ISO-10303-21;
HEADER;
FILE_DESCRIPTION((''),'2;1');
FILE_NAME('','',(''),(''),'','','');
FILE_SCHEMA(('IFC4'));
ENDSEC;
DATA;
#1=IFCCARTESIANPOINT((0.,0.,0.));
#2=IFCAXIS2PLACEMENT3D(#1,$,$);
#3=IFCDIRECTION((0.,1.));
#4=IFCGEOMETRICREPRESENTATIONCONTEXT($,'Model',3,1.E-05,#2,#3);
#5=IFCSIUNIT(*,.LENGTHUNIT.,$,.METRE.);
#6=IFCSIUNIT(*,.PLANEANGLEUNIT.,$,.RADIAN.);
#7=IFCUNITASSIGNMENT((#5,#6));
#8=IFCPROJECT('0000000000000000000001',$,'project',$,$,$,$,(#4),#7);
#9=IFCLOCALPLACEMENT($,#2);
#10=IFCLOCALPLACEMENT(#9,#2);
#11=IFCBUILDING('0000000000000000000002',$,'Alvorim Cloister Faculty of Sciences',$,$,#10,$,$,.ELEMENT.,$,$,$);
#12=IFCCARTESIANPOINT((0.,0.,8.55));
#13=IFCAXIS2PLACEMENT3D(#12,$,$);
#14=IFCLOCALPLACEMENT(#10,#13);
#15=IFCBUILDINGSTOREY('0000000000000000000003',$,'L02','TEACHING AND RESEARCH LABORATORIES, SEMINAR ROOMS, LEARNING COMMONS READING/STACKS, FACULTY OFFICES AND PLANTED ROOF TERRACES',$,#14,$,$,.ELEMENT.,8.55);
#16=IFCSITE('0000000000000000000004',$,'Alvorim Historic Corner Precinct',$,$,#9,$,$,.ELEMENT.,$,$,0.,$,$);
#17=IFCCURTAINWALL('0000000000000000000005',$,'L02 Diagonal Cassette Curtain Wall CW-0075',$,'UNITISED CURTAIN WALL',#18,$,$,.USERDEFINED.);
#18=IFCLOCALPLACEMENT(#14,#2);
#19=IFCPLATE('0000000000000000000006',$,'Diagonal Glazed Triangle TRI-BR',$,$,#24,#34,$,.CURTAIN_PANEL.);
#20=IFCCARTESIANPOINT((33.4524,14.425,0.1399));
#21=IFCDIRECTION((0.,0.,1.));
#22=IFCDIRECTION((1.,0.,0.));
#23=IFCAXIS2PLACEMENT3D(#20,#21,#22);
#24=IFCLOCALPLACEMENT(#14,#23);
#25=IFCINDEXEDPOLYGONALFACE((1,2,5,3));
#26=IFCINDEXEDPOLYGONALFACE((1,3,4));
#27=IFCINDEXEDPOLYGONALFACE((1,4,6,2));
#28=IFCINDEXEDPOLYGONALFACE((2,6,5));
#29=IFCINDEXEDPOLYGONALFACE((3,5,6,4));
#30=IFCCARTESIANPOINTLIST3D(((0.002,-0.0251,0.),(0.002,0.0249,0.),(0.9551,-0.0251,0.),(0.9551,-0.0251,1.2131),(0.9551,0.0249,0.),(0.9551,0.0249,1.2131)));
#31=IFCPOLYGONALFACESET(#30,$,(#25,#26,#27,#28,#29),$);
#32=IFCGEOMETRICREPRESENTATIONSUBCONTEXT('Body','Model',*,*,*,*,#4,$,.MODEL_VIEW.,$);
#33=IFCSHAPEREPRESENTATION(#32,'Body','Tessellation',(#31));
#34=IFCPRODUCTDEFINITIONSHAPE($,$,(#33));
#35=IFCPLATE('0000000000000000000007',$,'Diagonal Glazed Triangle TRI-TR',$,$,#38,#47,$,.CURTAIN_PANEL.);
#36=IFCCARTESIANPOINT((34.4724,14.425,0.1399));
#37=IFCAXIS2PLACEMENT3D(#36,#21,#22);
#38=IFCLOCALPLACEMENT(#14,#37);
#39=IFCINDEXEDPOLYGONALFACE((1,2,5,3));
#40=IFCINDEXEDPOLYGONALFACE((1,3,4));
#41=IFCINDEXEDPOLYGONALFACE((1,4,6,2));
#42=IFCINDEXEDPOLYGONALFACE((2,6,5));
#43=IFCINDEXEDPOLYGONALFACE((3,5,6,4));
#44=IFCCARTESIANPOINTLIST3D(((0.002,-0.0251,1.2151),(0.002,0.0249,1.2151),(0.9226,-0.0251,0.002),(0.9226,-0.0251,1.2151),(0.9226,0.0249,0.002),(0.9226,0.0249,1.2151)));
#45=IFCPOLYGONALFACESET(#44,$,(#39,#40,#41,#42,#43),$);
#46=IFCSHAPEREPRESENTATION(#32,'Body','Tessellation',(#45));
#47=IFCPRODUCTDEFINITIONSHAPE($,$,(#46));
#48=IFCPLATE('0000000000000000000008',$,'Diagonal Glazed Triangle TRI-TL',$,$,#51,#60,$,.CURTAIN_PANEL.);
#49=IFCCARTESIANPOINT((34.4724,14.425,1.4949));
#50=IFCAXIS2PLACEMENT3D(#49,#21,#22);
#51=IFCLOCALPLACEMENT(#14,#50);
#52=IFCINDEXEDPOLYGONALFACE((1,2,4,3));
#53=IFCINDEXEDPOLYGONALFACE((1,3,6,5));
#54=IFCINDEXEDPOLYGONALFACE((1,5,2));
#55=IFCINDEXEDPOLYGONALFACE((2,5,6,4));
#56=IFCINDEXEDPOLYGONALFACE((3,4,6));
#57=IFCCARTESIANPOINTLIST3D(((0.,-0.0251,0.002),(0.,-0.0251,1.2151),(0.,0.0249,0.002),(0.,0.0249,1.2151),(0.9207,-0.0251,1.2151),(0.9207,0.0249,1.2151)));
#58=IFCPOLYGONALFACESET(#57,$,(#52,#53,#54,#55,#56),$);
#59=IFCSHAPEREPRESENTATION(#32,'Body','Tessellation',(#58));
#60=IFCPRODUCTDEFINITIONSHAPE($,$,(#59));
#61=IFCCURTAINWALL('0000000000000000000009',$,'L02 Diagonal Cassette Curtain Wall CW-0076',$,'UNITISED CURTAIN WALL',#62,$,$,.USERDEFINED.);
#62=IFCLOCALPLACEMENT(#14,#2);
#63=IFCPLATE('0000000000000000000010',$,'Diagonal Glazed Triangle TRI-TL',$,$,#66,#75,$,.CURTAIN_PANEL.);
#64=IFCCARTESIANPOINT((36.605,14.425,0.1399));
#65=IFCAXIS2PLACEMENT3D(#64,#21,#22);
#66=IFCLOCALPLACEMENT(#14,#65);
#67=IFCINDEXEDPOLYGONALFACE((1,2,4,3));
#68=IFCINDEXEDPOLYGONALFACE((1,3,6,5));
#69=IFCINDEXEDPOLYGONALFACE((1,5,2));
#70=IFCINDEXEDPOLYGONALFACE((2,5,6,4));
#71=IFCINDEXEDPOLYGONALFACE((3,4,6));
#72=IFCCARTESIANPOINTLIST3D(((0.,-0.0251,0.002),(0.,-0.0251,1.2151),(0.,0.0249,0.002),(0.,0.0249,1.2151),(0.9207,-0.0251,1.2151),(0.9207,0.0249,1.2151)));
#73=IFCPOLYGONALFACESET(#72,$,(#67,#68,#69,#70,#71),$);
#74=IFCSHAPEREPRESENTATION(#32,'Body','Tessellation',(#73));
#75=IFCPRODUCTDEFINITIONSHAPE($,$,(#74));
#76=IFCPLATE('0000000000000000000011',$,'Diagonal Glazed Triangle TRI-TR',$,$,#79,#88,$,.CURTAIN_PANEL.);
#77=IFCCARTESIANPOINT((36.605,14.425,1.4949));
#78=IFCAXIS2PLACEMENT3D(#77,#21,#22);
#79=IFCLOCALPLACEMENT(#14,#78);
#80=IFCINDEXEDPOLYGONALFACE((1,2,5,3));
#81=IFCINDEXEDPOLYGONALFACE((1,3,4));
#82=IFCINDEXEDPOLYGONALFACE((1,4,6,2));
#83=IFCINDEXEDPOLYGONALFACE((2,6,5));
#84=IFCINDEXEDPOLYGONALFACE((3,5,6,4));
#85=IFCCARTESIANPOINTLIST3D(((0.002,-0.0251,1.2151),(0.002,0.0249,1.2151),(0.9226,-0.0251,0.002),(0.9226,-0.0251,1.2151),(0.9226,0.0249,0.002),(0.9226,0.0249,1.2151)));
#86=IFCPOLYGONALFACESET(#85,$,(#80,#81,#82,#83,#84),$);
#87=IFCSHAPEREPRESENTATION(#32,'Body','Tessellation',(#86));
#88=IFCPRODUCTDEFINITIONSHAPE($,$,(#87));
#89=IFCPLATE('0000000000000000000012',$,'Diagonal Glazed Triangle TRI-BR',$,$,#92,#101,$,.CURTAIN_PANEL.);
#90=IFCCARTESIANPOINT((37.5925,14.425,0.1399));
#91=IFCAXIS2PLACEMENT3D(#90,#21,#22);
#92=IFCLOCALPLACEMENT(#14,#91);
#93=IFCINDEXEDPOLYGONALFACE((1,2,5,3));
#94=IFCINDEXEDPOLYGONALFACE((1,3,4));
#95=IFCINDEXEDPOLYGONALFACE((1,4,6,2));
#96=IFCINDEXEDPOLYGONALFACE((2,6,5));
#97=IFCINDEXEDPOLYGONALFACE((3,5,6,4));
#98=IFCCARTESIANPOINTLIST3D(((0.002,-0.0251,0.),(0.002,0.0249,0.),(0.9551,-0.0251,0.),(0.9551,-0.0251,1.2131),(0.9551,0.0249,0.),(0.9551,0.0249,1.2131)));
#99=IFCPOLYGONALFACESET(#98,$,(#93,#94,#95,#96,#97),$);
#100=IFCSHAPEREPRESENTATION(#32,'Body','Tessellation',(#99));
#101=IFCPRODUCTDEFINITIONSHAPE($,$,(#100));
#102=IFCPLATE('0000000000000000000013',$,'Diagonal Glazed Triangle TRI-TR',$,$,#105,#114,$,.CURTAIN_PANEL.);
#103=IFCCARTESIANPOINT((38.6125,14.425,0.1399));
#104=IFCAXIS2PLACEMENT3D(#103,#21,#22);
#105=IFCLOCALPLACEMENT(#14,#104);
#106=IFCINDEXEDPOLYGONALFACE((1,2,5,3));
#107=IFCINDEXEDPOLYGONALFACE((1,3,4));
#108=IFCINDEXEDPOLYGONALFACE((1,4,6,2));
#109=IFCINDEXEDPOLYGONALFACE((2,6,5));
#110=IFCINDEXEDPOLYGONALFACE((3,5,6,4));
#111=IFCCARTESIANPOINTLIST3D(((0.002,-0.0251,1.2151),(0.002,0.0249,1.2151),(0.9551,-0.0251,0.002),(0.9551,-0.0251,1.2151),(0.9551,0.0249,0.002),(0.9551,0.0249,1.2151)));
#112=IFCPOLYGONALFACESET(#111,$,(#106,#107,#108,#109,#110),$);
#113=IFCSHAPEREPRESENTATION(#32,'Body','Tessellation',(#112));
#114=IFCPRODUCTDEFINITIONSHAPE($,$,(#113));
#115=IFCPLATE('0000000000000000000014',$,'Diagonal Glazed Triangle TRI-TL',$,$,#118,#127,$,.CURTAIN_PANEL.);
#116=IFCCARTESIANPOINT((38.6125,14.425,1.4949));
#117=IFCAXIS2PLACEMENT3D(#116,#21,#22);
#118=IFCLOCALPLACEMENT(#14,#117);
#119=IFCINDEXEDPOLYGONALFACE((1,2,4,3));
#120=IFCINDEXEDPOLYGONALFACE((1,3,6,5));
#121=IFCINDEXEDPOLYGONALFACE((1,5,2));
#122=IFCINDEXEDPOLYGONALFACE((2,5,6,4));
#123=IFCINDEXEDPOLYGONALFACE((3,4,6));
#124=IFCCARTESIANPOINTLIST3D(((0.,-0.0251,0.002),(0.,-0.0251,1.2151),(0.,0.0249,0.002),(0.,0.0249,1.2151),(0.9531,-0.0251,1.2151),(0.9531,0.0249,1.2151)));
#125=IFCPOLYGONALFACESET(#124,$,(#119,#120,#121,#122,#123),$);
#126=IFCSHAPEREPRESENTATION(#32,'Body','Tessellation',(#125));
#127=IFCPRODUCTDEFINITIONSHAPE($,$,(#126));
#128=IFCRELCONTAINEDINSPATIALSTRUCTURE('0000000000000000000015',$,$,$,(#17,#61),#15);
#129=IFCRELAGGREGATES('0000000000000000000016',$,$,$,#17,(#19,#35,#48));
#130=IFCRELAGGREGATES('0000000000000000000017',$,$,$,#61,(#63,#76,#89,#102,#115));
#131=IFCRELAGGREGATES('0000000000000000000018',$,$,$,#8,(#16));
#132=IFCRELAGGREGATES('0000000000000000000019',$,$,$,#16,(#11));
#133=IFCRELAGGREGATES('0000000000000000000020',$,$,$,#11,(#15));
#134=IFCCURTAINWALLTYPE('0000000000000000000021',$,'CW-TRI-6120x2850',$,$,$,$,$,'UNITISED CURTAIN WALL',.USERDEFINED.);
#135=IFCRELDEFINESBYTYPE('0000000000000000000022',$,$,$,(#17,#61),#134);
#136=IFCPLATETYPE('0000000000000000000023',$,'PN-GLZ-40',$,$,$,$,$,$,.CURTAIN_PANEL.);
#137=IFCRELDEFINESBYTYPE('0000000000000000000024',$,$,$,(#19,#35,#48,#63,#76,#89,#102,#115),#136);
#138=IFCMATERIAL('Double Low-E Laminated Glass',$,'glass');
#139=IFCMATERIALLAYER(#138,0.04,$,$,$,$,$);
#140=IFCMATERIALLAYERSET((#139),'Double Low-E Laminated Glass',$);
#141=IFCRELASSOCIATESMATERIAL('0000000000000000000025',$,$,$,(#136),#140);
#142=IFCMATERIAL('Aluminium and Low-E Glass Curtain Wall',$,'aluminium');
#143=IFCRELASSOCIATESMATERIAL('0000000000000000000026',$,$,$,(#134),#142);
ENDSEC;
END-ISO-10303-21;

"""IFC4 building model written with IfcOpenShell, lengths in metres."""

from ifc_helpers import new_model, si_unit, direction, frame, origin, place, context, subcontext, project, spatial, polyline, outline, extrude, material, layer, layer_set, type_object, element, aggregate, save


model = new_model("IFC4")

# Units and contexts
model_context = context("Model", 3, precision=1e-05, world=origin(), true_north=direction((0.0, 1.0)))
body_context = subcontext(model_context, "Body", "Model", "MODEL_VIEW")
ifc_project = project(units=[si_unit("LENGTHUNIT", "METRE"), si_unit("PLANEANGLEUNIT", "RADIAN")], contexts=[model_context])

# Site, building, storey
site_placement = place(None, origin())
site = spatial("IfcSite", under=ifc_project, at=site_placement, Name="Alvorim Historic Corner Precinct", CompositionType="ELEMENT", RefElevation=0.0)
building_placement = place(site_placement, origin())
building = spatial("IfcBuilding", under=site, at=building_placement, Name="Alvorim Cloister Faculty of Sciences", CompositionType="ELEMENT")
storey_placement = place(building_placement, frame((0.0, 0.0, 8.55)))
storey = spatial("IfcBuildingStorey", under=building, at=storey_placement, Name="L02", Description="TEACHING AND RESEARCH LABORATORIES, SEMINAR ROOMS, LEARNING COMMONS READING/STACKS, FACULTY OFFICES AND PLANTED ROOF TERRACES", CompositionType="ELEMENT", Elevation=8.55)

# Shared definitions
ifc_material_1 = material(Name="Aluminium and Low-E Glass Curtain Wall", Category="aluminium")
ifc_material_2 = material(Name="Double Low-E Laminated Glass", Category="glass")
ifc_layer_1 = layer(ifc_material_2, 0.04)
ifc_layer_set_1 = layer_set([ifc_layer_1], Name="Double Low-E Laminated Glass")
plate_type = type_object("IfcPlateType", Name="PN-GLZ-40", PredefinedType="CURTAIN_PANEL", material=ifc_layer_set_1)

# Curtain walls, plates
curtain_wall_type_1 = type_object("IfcCurtainWallType", Name="CW-TRI-6120x2850", ElementType="UNITISED CURTAIN WALL", PredefinedType="USERDEFINED", material=ifc_material_1)
curtain_wall_1_placement = place(storey_placement, origin())
curtain_wall_1 = element("IfcCurtainWall", 1, at=curtain_wall_1_placement, inside=storey, type_object=curtain_wall_type_1, Name="L02 Diagonal Cassette Curtain Wall CW-0075", ObjectType="UNITISED CURTAIN WALL", PredefinedType="USERDEFINED")
plate_1_placement = place(storey_placement, frame((33.4524, 14.425, 0.1399), z_axis=(0.0, 0.0, 1.0), x_axis=(1.0, 0.0, 0.0)))
plate_1 = element("IfcPlate", 2, at=plate_1_placement, type_object=plate_type, Name="Diagonal Glazed Triangle TRI-BR", PredefinedType="CURTAIN_PANEL", context=body_context, shape_type="SweptSolid", body=[
    extrude(outline(polyline([(0.002, 0.0), (0.9551, 0.0), (0.9551, 1.2131), (0.002, 0.0)])), frame((0.0, 0.0249, 0.0), z_axis=(0.0, -1.0, 0.0), x_axis=(1.0, 0.0, 0.0)), (0.0, 0.0, 1.0), 0.05),
])
plate_2_placement = place(storey_placement, frame((34.4724, 14.425, 0.1399), z_axis=(0.0, 0.0, 1.0), x_axis=(1.0, 0.0, 0.0)))
plate_2 = element("IfcPlate", 3, at=plate_2_placement, type_object=plate_type, Name="Diagonal Glazed Triangle TRI-TR", PredefinedType="CURTAIN_PANEL", context=body_context, shape_type="SweptSolid", body=[
    extrude(outline(polyline([(0.9226, 0.002), (0.9226, 1.2151), (0.002, 1.2151), (0.9226, 0.002)])), frame((0.0, 0.0249, 0.0), z_axis=(0.0, -1.0, 0.0), x_axis=(1.0, 0.0, 0.0)), (0.0, 0.0, 1.0), 0.05),
])
plate_3_placement = place(storey_placement, frame((34.4724, 14.425, 1.4949), z_axis=(0.0, 0.0, 1.0), x_axis=(1.0, 0.0, 0.0)))
plate_3 = element("IfcPlate", 4, at=plate_3_placement, type_object=plate_type, Name="Diagonal Glazed Triangle TRI-TL", PredefinedType="CURTAIN_PANEL", context=body_context, shape_type="SweptSolid", body=[
    extrude(outline(polyline([(0.9207, 1.2151), (0.0, 1.2151), (0.0, 0.002), (0.9207, 1.2151)])), frame((0.0, 0.0249, 0.0), z_axis=(0.0, -1.0, 0.0), x_axis=(1.0, 0.0, 0.0)), (0.0, 0.0, 1.0), 0.05),
])
aggregate(curtain_wall_1, [plate_1, plate_2, plate_3])
curtain_wall_2_placement = place(storey_placement, origin())
curtain_wall_2 = element("IfcCurtainWall", 5, at=curtain_wall_2_placement, inside=storey, type_object=curtain_wall_type_1, Name="L02 Diagonal Cassette Curtain Wall CW-0076", ObjectType="UNITISED CURTAIN WALL", PredefinedType="USERDEFINED")
plate_4_placement = place(storey_placement, frame((36.605, 14.425, 0.1399), z_axis=(0.0, 0.0, 1.0), x_axis=(1.0, 0.0, 0.0)))
plate_4 = element("IfcPlate", 6, at=plate_4_placement, type_object=plate_type, Name="Diagonal Glazed Triangle TRI-TL", PredefinedType="CURTAIN_PANEL", context=body_context, shape_type="SweptSolid", body=[
    extrude(outline(polyline([(0.9207, 1.2151), (0.0, 1.2151), (0.0, 0.002), (0.9207, 1.2151)])), frame((0.0, 0.0249, 0.0), z_axis=(0.0, -1.0, 0.0), x_axis=(1.0, 0.0, 0.0)), (0.0, 0.0, 1.0), 0.05),
])
plate_5_placement = place(storey_placement, frame((36.605, 14.425, 1.4949), z_axis=(0.0, 0.0, 1.0), x_axis=(1.0, 0.0, 0.0)))
plate_5 = element("IfcPlate", 7, at=plate_5_placement, type_object=plate_type, Name="Diagonal Glazed Triangle TRI-TR", PredefinedType="CURTAIN_PANEL", context=body_context, shape_type="SweptSolid", body=[
    extrude(outline(polyline([(0.9226, 0.002), (0.9226, 1.2151), (0.002, 1.2151), (0.9226, 0.002)])), frame((0.0, 0.0249, 0.0), z_axis=(0.0, -1.0, 0.0), x_axis=(1.0, 0.0, 0.0)), (0.0, 0.0, 1.0), 0.05),
])
plate_6_placement = place(storey_placement, frame((37.5925, 14.425, 0.1399), z_axis=(0.0, 0.0, 1.0), x_axis=(1.0, 0.0, 0.0)))
plate_6 = element("IfcPlate", 8, at=plate_6_placement, type_object=plate_type, Name="Diagonal Glazed Triangle TRI-BR", PredefinedType="CURTAIN_PANEL", context=body_context, shape_type="SweptSolid", body=[
    extrude(outline(polyline([(0.002, 0.0), (0.9551, 0.0), (0.9551, 1.2131), (0.002, 0.0)])), frame((0.0, 0.0249, 0.0), z_axis=(0.0, -1.0, 0.0), x_axis=(1.0, 0.0, 0.0)), (0.0, 0.0, 1.0), 0.05),
])
plate_7_placement = place(storey_placement, frame((38.6125, 14.425, 0.1399), z_axis=(0.0, 0.0, 1.0), x_axis=(1.0, 0.0, 0.0)))
plate_7 = element("IfcPlate", 9, at=plate_7_placement, type_object=plate_type, Name="Diagonal Glazed Triangle TRI-TR", PredefinedType="CURTAIN_PANEL", context=body_context, shape_type="SweptSolid", body=[
    extrude(outline(polyline([(0.9551, 0.002), (0.9551, 1.2151), (0.002, 1.2151), (0.9551, 0.002)])), frame((0.0, 0.0249, 0.0), z_axis=(0.0, -1.0, 0.0), x_axis=(1.0, 0.0, 0.0)), (0.0, 0.0, 1.0), 0.05),
])
plate_8_placement = place(storey_placement, frame((38.6125, 14.425, 1.4949), z_axis=(0.0, 0.0, 1.0), x_axis=(1.0, 0.0, 0.0)))
plate_8 = element("IfcPlate", 10, at=plate_8_placement, type_object=plate_type, Name="Diagonal Glazed Triangle TRI-TL", PredefinedType="CURTAIN_PANEL", context=body_context, shape_type="SweptSolid", body=[
    extrude(outline(polyline([(0.9531, 1.2151), (0.0, 1.2151), (0.0, 0.002), (0.9531, 1.2151)])), frame((0.0, 0.0249, 0.0), z_axis=(0.0, -1.0, 0.0), x_axis=(1.0, 0.0, 0.0)), (0.0, 0.0, 1.0), 0.05),
])
aggregate(curtain_wall_2, [plate_4, plate_5, plate_6, plate_7, plate_8])

save(model, "model.ifc")
